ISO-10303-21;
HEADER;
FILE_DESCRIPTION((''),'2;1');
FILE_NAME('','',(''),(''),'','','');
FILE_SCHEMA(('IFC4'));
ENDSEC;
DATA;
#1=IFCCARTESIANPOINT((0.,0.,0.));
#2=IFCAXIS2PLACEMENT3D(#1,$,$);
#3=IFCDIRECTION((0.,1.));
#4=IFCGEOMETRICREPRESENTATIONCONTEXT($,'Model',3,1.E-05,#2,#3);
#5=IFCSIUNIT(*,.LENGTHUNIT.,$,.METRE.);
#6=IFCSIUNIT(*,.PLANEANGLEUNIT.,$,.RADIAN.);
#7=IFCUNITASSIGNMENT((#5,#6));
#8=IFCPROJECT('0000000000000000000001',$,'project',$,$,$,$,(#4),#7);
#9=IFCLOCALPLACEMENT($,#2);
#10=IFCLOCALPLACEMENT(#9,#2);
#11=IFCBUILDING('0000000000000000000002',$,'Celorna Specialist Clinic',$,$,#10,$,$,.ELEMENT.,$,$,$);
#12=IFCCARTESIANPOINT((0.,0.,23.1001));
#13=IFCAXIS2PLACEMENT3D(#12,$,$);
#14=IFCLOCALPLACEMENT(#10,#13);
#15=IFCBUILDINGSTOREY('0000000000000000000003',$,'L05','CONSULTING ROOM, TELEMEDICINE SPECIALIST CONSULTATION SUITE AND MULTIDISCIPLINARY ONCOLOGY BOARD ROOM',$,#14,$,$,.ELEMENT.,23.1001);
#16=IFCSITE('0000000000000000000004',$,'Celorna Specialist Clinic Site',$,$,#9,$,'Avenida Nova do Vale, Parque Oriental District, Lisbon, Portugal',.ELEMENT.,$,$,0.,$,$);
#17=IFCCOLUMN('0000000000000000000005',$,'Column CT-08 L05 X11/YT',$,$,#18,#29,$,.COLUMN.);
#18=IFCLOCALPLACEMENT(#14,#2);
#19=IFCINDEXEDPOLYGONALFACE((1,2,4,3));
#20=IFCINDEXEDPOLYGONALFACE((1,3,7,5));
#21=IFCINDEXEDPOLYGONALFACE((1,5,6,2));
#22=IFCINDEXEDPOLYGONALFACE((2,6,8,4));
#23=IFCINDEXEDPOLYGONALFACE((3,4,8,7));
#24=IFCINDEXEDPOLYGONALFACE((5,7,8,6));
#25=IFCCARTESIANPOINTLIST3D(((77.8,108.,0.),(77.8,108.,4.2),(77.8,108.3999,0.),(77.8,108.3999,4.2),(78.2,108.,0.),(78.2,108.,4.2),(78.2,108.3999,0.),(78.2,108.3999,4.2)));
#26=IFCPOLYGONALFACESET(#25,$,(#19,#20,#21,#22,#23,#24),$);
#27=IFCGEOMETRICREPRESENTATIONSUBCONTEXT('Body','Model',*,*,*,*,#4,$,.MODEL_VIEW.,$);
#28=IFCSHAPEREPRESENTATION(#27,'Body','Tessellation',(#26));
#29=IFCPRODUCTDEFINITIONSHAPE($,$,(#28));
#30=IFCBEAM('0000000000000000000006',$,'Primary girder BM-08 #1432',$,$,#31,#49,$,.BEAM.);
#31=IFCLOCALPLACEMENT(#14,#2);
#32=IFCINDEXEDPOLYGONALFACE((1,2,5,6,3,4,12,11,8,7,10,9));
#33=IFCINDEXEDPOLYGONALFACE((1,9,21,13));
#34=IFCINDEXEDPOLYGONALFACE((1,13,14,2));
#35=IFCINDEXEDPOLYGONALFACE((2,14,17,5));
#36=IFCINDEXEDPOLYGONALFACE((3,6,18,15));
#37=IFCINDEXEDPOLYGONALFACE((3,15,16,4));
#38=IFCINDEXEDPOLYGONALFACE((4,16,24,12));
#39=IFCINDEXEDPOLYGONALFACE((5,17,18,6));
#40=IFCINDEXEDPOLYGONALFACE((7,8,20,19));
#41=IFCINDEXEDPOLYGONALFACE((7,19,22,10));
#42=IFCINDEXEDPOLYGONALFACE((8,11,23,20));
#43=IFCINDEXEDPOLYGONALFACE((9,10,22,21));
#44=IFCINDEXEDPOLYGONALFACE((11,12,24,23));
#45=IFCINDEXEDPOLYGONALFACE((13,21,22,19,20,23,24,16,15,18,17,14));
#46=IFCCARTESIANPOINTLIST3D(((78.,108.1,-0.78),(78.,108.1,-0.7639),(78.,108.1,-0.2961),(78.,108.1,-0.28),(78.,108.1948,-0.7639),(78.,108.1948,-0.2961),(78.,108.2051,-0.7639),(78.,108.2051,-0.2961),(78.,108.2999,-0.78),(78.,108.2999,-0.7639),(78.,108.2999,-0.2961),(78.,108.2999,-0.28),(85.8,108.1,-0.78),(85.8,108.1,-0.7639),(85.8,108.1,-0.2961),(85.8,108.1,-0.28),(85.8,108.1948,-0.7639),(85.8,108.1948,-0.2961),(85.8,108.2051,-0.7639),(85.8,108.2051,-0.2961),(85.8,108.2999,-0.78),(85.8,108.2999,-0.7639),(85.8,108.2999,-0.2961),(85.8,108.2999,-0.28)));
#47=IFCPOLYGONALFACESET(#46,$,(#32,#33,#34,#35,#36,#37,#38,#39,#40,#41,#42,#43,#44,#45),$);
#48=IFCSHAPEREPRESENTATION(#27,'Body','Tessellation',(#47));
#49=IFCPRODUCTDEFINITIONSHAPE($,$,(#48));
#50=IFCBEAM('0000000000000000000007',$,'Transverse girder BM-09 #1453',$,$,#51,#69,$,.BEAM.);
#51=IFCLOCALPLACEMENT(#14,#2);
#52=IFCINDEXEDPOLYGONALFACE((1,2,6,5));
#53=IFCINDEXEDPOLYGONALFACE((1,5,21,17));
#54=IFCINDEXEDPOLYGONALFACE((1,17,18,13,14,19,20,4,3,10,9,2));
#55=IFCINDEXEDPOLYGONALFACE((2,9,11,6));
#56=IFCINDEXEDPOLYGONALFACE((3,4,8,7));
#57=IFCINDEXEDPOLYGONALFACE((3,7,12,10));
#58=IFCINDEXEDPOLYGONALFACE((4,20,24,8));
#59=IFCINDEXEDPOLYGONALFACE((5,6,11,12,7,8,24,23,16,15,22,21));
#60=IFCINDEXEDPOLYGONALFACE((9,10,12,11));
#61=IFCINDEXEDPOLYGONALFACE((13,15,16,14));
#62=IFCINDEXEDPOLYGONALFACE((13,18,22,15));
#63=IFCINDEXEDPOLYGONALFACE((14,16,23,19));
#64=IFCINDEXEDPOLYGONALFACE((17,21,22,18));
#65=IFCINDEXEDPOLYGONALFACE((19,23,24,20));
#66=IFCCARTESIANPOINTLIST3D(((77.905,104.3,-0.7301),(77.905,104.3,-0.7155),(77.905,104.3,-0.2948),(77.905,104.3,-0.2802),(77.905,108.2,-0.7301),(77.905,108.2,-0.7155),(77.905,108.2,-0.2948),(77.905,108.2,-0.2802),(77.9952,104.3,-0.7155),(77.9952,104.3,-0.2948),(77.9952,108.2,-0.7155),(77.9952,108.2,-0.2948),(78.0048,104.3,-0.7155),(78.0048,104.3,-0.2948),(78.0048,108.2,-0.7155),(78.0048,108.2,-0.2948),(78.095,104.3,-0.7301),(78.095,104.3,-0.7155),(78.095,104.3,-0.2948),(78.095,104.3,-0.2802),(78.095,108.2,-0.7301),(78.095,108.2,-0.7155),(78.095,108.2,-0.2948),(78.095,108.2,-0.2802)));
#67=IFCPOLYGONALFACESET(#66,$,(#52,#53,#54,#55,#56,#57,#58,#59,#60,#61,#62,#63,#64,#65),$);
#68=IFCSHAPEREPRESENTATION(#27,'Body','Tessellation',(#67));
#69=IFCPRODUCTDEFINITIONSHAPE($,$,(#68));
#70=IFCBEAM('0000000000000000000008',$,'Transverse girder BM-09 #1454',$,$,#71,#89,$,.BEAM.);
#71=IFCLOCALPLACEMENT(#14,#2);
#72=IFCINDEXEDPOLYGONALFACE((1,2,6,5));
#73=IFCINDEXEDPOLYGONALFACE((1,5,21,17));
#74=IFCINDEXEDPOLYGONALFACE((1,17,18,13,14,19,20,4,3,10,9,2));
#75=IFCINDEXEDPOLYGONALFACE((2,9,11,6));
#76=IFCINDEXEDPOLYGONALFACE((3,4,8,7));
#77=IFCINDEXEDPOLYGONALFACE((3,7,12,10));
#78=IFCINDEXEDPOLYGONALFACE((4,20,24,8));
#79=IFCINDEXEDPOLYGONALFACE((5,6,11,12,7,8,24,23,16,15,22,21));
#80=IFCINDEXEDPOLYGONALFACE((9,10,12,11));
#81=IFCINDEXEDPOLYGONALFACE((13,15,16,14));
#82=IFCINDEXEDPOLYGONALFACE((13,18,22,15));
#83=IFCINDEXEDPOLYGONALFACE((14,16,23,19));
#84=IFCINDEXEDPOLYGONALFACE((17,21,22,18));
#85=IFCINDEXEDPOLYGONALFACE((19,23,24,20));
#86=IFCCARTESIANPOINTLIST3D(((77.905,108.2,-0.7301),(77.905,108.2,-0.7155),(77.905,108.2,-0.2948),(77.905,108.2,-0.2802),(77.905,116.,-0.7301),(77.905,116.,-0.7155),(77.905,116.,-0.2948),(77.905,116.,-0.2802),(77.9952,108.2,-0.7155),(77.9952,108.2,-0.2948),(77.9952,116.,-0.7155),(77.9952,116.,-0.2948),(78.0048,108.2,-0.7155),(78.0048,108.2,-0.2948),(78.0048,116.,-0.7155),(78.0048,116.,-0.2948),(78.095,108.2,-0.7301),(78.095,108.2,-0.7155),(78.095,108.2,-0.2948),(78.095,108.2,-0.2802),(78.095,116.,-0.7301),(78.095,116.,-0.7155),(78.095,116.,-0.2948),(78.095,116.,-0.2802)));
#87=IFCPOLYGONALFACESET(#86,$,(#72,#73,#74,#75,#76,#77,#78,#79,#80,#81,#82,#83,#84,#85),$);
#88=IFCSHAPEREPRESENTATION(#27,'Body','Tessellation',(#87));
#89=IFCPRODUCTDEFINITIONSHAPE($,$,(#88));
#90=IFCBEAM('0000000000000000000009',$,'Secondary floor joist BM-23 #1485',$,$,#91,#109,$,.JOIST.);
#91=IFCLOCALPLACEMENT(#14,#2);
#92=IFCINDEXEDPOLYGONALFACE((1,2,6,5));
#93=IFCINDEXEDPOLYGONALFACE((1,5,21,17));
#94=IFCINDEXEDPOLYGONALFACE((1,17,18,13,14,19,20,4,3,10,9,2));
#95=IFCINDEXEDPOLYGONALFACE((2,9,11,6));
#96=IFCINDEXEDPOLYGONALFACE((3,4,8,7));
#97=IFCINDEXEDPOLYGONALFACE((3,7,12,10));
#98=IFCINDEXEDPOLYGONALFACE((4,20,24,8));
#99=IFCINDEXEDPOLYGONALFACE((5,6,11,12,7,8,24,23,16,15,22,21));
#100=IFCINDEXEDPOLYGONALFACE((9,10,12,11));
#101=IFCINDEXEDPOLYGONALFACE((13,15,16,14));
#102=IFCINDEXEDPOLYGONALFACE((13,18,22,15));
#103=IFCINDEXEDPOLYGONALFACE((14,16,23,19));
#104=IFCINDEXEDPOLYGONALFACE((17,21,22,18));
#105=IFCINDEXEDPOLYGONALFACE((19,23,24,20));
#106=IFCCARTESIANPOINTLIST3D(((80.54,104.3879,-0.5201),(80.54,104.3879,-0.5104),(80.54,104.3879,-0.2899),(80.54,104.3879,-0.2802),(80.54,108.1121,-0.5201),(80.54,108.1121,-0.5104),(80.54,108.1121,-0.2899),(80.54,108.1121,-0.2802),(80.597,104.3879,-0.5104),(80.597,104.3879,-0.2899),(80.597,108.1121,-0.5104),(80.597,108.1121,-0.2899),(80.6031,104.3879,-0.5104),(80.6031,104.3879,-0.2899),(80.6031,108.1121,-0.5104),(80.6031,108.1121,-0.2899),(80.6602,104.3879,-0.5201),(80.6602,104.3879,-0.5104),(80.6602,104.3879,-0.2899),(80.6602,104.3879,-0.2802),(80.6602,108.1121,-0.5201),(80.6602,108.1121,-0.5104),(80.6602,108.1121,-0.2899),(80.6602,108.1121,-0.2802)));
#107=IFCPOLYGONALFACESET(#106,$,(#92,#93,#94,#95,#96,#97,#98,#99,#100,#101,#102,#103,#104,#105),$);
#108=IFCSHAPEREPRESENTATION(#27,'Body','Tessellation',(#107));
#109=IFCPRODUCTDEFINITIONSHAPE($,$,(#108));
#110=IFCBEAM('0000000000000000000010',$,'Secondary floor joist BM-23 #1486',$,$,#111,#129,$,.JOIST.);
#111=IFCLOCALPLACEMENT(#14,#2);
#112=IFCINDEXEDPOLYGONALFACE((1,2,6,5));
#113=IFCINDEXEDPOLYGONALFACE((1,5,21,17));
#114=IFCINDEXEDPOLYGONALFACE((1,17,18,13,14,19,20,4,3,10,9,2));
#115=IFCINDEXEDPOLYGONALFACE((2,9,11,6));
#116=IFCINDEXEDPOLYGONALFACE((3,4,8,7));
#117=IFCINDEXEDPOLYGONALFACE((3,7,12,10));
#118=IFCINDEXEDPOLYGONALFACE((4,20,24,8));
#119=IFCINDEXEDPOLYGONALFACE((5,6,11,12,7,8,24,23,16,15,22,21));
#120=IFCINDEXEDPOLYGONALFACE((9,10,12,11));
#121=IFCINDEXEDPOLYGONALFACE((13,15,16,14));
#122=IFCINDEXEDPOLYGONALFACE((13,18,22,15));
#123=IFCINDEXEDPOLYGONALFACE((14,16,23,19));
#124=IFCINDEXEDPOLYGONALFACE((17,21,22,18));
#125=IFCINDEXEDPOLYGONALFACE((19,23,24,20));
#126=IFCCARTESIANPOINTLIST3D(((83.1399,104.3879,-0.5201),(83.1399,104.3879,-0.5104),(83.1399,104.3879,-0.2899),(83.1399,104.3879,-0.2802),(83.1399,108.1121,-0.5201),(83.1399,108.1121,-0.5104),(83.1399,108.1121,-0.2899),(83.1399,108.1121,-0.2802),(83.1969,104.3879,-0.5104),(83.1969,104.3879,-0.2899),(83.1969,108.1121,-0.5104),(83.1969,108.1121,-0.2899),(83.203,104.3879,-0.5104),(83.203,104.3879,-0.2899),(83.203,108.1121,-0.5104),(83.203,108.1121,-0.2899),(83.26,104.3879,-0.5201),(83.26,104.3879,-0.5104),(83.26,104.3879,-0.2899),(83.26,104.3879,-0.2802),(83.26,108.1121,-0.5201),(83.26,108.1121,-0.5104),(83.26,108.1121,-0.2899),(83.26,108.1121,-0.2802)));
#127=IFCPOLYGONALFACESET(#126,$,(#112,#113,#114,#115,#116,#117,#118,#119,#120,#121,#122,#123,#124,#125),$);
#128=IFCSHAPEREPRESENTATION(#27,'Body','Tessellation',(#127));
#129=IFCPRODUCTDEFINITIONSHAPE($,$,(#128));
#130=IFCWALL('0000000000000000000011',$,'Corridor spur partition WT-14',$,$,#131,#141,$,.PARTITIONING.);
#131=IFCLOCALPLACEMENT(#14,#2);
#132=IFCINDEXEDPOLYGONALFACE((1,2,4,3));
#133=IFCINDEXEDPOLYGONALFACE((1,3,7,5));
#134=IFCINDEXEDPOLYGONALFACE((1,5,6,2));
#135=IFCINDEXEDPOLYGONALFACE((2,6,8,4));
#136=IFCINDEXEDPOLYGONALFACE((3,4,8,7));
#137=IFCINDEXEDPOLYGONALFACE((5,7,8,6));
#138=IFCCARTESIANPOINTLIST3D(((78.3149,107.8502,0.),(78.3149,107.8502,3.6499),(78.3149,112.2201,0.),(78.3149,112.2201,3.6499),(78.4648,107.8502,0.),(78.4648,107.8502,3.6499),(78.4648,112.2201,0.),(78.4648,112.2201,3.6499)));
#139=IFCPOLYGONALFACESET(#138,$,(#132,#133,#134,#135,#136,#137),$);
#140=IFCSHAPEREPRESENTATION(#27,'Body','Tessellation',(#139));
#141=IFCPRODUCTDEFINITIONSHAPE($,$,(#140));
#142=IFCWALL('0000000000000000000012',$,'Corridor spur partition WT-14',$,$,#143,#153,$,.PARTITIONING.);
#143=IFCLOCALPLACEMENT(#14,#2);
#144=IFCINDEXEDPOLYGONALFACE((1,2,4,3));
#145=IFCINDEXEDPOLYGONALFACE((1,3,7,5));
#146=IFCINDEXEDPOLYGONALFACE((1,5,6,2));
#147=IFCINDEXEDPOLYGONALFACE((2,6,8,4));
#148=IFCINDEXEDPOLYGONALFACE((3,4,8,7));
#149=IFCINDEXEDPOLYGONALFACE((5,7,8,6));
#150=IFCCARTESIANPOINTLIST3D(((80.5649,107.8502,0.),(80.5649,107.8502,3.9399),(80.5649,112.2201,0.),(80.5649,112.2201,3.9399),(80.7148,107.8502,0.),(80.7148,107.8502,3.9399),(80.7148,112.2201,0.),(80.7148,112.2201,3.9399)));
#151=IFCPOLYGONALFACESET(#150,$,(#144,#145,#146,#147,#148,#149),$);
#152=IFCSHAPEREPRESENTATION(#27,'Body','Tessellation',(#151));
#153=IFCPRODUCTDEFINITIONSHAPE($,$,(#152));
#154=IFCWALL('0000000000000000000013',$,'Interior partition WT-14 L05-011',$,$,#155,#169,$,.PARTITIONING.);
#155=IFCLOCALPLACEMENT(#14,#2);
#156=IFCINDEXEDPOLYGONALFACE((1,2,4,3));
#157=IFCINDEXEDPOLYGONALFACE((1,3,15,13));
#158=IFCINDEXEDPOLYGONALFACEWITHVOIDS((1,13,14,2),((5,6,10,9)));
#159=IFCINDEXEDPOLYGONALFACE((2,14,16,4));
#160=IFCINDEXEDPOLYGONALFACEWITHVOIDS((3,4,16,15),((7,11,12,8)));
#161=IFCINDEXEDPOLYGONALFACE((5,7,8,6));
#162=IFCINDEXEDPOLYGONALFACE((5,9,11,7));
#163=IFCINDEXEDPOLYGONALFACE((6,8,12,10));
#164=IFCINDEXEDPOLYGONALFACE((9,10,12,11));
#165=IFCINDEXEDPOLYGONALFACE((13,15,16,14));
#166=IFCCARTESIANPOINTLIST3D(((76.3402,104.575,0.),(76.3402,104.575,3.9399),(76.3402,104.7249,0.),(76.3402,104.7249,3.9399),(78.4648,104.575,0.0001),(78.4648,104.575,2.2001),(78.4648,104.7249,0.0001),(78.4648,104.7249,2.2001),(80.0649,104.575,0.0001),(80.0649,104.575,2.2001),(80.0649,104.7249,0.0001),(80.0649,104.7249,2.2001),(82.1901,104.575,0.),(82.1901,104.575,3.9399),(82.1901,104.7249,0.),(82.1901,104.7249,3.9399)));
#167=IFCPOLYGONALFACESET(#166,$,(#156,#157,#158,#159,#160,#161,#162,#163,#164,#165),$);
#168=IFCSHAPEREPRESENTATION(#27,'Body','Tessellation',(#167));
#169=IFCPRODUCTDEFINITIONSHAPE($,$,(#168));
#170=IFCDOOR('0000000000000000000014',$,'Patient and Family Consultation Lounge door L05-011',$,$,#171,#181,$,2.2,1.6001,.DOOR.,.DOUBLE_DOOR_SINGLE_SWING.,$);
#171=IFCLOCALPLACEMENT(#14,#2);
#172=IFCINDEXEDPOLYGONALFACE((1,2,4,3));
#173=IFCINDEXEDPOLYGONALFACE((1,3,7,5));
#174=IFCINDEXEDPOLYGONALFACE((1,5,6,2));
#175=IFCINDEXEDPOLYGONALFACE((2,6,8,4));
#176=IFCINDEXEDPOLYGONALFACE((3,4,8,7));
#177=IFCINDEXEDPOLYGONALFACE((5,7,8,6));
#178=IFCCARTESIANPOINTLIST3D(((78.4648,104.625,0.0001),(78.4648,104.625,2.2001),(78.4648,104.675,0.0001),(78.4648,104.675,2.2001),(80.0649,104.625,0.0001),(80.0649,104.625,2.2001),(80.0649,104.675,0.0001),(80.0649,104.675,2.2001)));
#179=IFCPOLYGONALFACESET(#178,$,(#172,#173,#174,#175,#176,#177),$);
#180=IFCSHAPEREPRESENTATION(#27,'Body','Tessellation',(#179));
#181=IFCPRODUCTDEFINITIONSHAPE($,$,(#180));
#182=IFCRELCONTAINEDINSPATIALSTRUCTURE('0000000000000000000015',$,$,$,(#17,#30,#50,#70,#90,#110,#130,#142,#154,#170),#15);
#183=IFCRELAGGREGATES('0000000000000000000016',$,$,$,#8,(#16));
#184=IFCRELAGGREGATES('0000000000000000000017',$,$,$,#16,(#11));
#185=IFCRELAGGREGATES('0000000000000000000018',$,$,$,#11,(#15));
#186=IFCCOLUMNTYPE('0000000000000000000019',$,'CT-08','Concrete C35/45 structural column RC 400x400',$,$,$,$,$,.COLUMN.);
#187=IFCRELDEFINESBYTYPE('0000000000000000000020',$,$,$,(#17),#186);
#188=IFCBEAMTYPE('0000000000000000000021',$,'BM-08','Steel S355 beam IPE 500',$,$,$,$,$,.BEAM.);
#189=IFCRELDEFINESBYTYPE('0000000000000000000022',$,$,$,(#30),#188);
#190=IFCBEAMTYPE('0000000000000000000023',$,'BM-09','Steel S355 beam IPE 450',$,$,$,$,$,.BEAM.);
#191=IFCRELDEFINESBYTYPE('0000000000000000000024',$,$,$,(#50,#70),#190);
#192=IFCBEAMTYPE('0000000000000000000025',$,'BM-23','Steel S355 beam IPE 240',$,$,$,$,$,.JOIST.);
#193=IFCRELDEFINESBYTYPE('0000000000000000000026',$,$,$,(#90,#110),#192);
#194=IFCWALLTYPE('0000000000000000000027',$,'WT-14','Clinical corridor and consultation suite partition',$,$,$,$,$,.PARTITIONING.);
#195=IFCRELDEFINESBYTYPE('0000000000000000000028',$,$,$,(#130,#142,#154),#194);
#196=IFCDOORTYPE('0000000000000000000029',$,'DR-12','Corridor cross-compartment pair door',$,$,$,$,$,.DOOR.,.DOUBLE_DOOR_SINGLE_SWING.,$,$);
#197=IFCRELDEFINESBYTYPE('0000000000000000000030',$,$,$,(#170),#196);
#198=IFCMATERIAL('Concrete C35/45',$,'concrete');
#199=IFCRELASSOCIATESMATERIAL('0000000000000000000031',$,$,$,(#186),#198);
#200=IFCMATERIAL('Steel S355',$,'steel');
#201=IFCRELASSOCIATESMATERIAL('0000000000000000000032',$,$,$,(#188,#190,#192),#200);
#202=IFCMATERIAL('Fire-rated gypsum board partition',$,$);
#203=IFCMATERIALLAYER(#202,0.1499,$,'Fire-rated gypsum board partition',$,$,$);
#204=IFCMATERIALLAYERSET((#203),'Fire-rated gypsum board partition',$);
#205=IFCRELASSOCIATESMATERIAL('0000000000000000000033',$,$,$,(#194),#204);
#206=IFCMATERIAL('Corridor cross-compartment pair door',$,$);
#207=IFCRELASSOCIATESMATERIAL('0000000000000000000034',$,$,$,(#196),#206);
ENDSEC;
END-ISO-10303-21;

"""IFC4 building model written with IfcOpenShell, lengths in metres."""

from ifc_helpers import new_model, si_unit, direction, frame, frame_2d, origin, origin_2d, place, context, subcontext, project, spatial, rectangle, i_section, extrude, material, layer, layer_set, material_profile, profile_set, type_object, element, fill, save


model = new_model("IFC4")

# Units and contexts
model_context = context("Model", 3, precision=1e-05, world=origin(), true_north=direction((0.0, 1.0)))
body_context = subcontext(model_context, "Body", "Model", "MODEL_VIEW")
ifc_project = project(units=[si_unit("LENGTHUNIT", "METRE"), si_unit("PLANEANGLEUNIT", "RADIAN")], contexts=[model_context])

# Site, building, storey
site_placement = place(None, origin())
site = spatial("IfcSite", under=ifc_project, at=site_placement, Name="Celorna Specialist Clinic Site", LongName="Avenida Nova do Vale, Parque Oriental District, Lisbon, Portugal", CompositionType="ELEMENT", RefElevation=0.0)
building_placement = place(site_placement, origin())
building = spatial("IfcBuilding", under=site, at=building_placement, Name="Celorna Specialist Clinic", CompositionType="ELEMENT")
storey_placement = place(building_placement, frame((0.0, 0.0, 23.1001)))
storey = spatial("IfcBuildingStorey", under=building, at=storey_placement, Name="L05", Description="CONSULTING ROOM, TELEMEDICINE SPECIALIST CONSULTATION SUITE AND MULTIDISCIPLINARY ONCOLOGY BOARD ROOM", CompositionType="ELEMENT", Elevation=23.1001)

# Column
ifc_material_1 = material(Name="Concrete C35/45", Category="concrete")
ifc_material_profile_1 = material_profile(ifc_material_1, rectangle(XDim=0.3999, YDim=0.3999, at=origin_2d()), Name="RC 400x400")
ifc_profile_set_1 = profile_set([ifc_material_profile_1], Name="Concrete C35/45")
column_type = type_object("IfcColumnType", Name="CT-08", Description="Concrete C35/45 structural column RC 400x400", PredefinedType="COLUMN", material=ifc_profile_set_1)
column_placement = place(storey_placement, frame((78.0, 108.2, 0.0), z_axis=(0.0, 0.0, 1.0), x_axis=(1.0, 0.0, 0.0)))
element("IfcColumn", 1, at=column_placement, inside=storey, type_object=column_type, Name="Column CT-08 L05 X11/YT", PredefinedType="COLUMN", context=body_context, shape_type="SweptSolid", body=[
    extrude(rectangle(XDim=0.3999, YDim=0.3999, at=origin_2d()), origin(), (0.0, 0.0, 1.0), 4.2),
])

# Beams
ifc_material_2 = material(Name="Steel S355", Category="steel")
ifc_material_profile_2 = material_profile(ifc_material_2, i_section(OverallWidth=0.2, OverallDepth=0.5, WebThickness=0.0103, FlangeThickness=0.0161, at=origin_2d()), Name="IPE 500")
ifc_profile_set_2 = profile_set([ifc_material_profile_2], Name="Steel S355")
beam_type_1 = type_object("IfcBeamType", Name="BM-08", Description="Steel S355 beam IPE 500", PredefinedType="BEAM", material=ifc_profile_set_2)
beam_1_placement = place(storey_placement, frame((78.0, 108.2, -0.53), z_axis=(1.0, 0.0, 0.0), x_axis=(0.0, 1.0, 0.0)))
element("IfcBeam", 2, at=beam_1_placement, inside=storey, type_object=beam_type_1, Name="Primary girder BM-08 #1432", PredefinedType="BEAM", context=body_context, shape_type="SweptSolid", body=[
    extrude(i_section(OverallWidth=0.2, OverallDepth=0.5, WebThickness=0.0103, FlangeThickness=0.0161, at=origin_2d()), origin(), (0.0, 0.0, 1.0), 7.8),
])
ifc_material_profile_3 = material_profile(ifc_material_2, i_section(OverallWidth=0.1899, OverallDepth=0.45, WebThickness=0.0095, FlangeThickness=0.0146, at=origin_2d()), Name="IPE 450")
ifc_profile_set_3 = profile_set([ifc_material_profile_3], Name="Steel S355")
beam_type_2 = type_object("IfcBeamType", Name="BM-09", Description="Steel S355 beam IPE 450", PredefinedType="BEAM", material=ifc_profile_set_3)
beam_2_placement = place(storey_placement, frame((78.0, 104.3, -0.5051), z_axis=(0.0, 1.0, 0.0), x_axis=(-1.0, 0.0, 0.0)))
element("IfcBeam", 3, at=beam_2_placement, inside=storey, type_object=beam_type_2, Name="Transverse girder BM-09 #1453", PredefinedType="BEAM", context=body_context, shape_type="SweptSolid", body=[
    extrude(i_section(OverallWidth=0.1899, OverallDepth=0.45, WebThickness=0.0095, FlangeThickness=0.0146, at=origin_2d()), origin(), (0.0, 0.0, 1.0), 3.8999),
])
beam_3_placement = place(storey_placement, frame((78.0, 108.2, -0.5051), z_axis=(0.0, 1.0, 0.0), x_axis=(-1.0, 0.0, 0.0)))
element("IfcBeam", 4, at=beam_3_placement, inside=storey, type_object=beam_type_2, Name="Transverse girder BM-09 #1454", PredefinedType="BEAM", context=body_context, shape_type="SweptSolid", body=[
    extrude(i_section(OverallWidth=0.1899, OverallDepth=0.45, WebThickness=0.0095, FlangeThickness=0.0146, at=origin_2d()), origin(), (0.0, 0.0, 1.0), 7.8),
])
ifc_material_profile_4 = material_profile(ifc_material_2, i_section(OverallWidth=0.1201, OverallDepth=0.24, WebThickness=0.0061, FlangeThickness=0.0098, at=origin_2d()), Name="IPE 240")
ifc_profile_set_4 = profile_set([ifc_material_profile_4], Name="Steel S355")
beam_type_3 = type_object("IfcBeamType", Name="BM-23", Description="Steel S355 beam IPE 240", PredefinedType="JOIST", material=ifc_profile_set_4)
for number, where, z_axis, x_axis, name in (
    (5, (80.6001, 104.3879, -0.4001), (0.0, 1.0, 0.0), (-1.0, 0.0, 0.0), "Secondary floor joist BM-23 #1485"),
    (6, (83.2, 104.3879, -0.4001), (0.0, 1.0, 0.0), (-1.0, 0.0, 0.0), "Secondary floor joist BM-23 #1486"),
):
    element("IfcBeam", number, at=place(storey_placement, frame(where, z_axis=z_axis, x_axis=x_axis)), inside=storey, type_object=beam_type_3, Name=name, PredefinedType="JOIST", context=body_context, shape_type="SweptSolid", body=[
        extrude(i_section(OverallWidth=0.1201, OverallDepth=0.24, WebThickness=0.0061, FlangeThickness=0.0098, at=origin_2d()), origin(), (0.0, 0.0, 1.0), 3.7241),
    ])

# Walls
ifc_material_3 = material(Name="Fire-rated gypsum board partition")
ifc_layer_1 = layer(ifc_material_3, 0.1499, Name="Fire-rated gypsum board partition")
ifc_layer_set_1 = layer_set([ifc_layer_1], Name="Fire-rated gypsum board partition")
wall_type_1 = type_object("IfcWallType", Name="WT-14", Description="Clinical corridor and consultation suite partition", PredefinedType="PARTITIONING", material=ifc_layer_set_1)
wall_1_placement = place(storey_placement, frame((78.3899, 107.8501, 0.0), z_axis=(0.0, 0.0, 1.0), x_axis=(0.0, 1.0, 0.0)))
element("IfcWall", 7, at=wall_1_placement, inside=storey, type_object=wall_type_1, Name="Corridor spur partition WT-14", PredefinedType="PARTITIONING", context=body_context, shape_type="SweptSolid", body=[
    extrude(rectangle(XDim=4.3699, YDim=0.1499, at=frame_2d((2.1851, 0.0))), origin(), (0.0, 0.0, 1.0), 3.6499),
])
wall_2_placement = place(storey_placement, frame((80.6399, 107.8501, 0.0), z_axis=(0.0, 0.0, 1.0), x_axis=(0.0, 1.0, 0.0)))
element("IfcWall", 8, at=wall_2_placement, inside=storey, type_object=wall_type_1, Name="Corridor spur partition WT-14", PredefinedType="PARTITIONING", context=body_context, shape_type="SweptSolid", body=[
    extrude(rectangle(XDim=4.3699, YDim=0.1499, at=frame_2d((2.1851, 0.0))), origin(), (0.0, 0.0, 1.0), 3.9399),
])

# Wall, opening, door
wall_3_placement = place(storey_placement, frame((82.1899, 104.6499, 0.0), z_axis=(0.0, 0.0, 1.0), x_axis=(-1.0, 0.0, 0.0)))
wall_3 = element("IfcWall", 9, at=wall_3_placement, inside=storey, type_object=wall_type_1, Name="Interior partition WT-14 L05-011", PredefinedType="PARTITIONING", context=body_context, shape_type="SweptSolid", body=[
    extrude(rectangle(XDim=5.8499, YDim=0.1499, at=frame_2d((2.9248, 0.0))), origin(), (0.0, 0.0, 1.0), 3.9399),
])
opening_1_placement = place(wall_3_placement, frame((2.125, 0.0, 0.0)))
opening_1 = element("IfcOpeningElement", 10, at=opening_1_placement, cuts=wall_3, PredefinedType="OPENING", context=body_context, shape_type="SweptSolid", body=[
    extrude(rectangle(XDim=1.6001, YDim=2.2, at=frame_2d((0.8, 1.1001))), frame((0.0, 0.085, 0.0), z_axis=(0.0, -1.0, 0.0), x_axis=(1.0, 0.0, 0.0)), (0.0, 0.0, 1.0), 0.1699),
])
ifc_material_4 = material(Name="Corridor cross-compartment pair door")
door_type_1 = type_object("IfcDoorType", Name="DR-12", Description="Corridor cross-compartment pair door", OperationType="DOUBLE_DOOR_SINGLE_SWING", PredefinedType="DOOR", material=ifc_material_4)
door_1_placement = place(opening_1_placement, origin())
door_1 = element("IfcDoor", 11, at=door_1_placement, inside=storey, type_object=door_type_1, Name="Patient and Family Consultation Lounge door L05-011", OperationType="DOUBLE_DOOR_SINGLE_SWING", OverallHeight=2.2, OverallWidth=1.6001, PredefinedType="DOOR", context=body_context, shape_type="SweptSolid", body=[
    extrude(rectangle(XDim=1.6001, YDim=2.2, at=frame_2d((0.8, 1.1001))), frame((0.0, 0.0249, 0.0), z_axis=(0.0, -1.0, 0.0), x_axis=(1.0, 0.0, 0.0)), (0.0, 0.0, 1.0), 0.05),
])
fill(opening_1, door_1)

save(model, "model.ifc")
